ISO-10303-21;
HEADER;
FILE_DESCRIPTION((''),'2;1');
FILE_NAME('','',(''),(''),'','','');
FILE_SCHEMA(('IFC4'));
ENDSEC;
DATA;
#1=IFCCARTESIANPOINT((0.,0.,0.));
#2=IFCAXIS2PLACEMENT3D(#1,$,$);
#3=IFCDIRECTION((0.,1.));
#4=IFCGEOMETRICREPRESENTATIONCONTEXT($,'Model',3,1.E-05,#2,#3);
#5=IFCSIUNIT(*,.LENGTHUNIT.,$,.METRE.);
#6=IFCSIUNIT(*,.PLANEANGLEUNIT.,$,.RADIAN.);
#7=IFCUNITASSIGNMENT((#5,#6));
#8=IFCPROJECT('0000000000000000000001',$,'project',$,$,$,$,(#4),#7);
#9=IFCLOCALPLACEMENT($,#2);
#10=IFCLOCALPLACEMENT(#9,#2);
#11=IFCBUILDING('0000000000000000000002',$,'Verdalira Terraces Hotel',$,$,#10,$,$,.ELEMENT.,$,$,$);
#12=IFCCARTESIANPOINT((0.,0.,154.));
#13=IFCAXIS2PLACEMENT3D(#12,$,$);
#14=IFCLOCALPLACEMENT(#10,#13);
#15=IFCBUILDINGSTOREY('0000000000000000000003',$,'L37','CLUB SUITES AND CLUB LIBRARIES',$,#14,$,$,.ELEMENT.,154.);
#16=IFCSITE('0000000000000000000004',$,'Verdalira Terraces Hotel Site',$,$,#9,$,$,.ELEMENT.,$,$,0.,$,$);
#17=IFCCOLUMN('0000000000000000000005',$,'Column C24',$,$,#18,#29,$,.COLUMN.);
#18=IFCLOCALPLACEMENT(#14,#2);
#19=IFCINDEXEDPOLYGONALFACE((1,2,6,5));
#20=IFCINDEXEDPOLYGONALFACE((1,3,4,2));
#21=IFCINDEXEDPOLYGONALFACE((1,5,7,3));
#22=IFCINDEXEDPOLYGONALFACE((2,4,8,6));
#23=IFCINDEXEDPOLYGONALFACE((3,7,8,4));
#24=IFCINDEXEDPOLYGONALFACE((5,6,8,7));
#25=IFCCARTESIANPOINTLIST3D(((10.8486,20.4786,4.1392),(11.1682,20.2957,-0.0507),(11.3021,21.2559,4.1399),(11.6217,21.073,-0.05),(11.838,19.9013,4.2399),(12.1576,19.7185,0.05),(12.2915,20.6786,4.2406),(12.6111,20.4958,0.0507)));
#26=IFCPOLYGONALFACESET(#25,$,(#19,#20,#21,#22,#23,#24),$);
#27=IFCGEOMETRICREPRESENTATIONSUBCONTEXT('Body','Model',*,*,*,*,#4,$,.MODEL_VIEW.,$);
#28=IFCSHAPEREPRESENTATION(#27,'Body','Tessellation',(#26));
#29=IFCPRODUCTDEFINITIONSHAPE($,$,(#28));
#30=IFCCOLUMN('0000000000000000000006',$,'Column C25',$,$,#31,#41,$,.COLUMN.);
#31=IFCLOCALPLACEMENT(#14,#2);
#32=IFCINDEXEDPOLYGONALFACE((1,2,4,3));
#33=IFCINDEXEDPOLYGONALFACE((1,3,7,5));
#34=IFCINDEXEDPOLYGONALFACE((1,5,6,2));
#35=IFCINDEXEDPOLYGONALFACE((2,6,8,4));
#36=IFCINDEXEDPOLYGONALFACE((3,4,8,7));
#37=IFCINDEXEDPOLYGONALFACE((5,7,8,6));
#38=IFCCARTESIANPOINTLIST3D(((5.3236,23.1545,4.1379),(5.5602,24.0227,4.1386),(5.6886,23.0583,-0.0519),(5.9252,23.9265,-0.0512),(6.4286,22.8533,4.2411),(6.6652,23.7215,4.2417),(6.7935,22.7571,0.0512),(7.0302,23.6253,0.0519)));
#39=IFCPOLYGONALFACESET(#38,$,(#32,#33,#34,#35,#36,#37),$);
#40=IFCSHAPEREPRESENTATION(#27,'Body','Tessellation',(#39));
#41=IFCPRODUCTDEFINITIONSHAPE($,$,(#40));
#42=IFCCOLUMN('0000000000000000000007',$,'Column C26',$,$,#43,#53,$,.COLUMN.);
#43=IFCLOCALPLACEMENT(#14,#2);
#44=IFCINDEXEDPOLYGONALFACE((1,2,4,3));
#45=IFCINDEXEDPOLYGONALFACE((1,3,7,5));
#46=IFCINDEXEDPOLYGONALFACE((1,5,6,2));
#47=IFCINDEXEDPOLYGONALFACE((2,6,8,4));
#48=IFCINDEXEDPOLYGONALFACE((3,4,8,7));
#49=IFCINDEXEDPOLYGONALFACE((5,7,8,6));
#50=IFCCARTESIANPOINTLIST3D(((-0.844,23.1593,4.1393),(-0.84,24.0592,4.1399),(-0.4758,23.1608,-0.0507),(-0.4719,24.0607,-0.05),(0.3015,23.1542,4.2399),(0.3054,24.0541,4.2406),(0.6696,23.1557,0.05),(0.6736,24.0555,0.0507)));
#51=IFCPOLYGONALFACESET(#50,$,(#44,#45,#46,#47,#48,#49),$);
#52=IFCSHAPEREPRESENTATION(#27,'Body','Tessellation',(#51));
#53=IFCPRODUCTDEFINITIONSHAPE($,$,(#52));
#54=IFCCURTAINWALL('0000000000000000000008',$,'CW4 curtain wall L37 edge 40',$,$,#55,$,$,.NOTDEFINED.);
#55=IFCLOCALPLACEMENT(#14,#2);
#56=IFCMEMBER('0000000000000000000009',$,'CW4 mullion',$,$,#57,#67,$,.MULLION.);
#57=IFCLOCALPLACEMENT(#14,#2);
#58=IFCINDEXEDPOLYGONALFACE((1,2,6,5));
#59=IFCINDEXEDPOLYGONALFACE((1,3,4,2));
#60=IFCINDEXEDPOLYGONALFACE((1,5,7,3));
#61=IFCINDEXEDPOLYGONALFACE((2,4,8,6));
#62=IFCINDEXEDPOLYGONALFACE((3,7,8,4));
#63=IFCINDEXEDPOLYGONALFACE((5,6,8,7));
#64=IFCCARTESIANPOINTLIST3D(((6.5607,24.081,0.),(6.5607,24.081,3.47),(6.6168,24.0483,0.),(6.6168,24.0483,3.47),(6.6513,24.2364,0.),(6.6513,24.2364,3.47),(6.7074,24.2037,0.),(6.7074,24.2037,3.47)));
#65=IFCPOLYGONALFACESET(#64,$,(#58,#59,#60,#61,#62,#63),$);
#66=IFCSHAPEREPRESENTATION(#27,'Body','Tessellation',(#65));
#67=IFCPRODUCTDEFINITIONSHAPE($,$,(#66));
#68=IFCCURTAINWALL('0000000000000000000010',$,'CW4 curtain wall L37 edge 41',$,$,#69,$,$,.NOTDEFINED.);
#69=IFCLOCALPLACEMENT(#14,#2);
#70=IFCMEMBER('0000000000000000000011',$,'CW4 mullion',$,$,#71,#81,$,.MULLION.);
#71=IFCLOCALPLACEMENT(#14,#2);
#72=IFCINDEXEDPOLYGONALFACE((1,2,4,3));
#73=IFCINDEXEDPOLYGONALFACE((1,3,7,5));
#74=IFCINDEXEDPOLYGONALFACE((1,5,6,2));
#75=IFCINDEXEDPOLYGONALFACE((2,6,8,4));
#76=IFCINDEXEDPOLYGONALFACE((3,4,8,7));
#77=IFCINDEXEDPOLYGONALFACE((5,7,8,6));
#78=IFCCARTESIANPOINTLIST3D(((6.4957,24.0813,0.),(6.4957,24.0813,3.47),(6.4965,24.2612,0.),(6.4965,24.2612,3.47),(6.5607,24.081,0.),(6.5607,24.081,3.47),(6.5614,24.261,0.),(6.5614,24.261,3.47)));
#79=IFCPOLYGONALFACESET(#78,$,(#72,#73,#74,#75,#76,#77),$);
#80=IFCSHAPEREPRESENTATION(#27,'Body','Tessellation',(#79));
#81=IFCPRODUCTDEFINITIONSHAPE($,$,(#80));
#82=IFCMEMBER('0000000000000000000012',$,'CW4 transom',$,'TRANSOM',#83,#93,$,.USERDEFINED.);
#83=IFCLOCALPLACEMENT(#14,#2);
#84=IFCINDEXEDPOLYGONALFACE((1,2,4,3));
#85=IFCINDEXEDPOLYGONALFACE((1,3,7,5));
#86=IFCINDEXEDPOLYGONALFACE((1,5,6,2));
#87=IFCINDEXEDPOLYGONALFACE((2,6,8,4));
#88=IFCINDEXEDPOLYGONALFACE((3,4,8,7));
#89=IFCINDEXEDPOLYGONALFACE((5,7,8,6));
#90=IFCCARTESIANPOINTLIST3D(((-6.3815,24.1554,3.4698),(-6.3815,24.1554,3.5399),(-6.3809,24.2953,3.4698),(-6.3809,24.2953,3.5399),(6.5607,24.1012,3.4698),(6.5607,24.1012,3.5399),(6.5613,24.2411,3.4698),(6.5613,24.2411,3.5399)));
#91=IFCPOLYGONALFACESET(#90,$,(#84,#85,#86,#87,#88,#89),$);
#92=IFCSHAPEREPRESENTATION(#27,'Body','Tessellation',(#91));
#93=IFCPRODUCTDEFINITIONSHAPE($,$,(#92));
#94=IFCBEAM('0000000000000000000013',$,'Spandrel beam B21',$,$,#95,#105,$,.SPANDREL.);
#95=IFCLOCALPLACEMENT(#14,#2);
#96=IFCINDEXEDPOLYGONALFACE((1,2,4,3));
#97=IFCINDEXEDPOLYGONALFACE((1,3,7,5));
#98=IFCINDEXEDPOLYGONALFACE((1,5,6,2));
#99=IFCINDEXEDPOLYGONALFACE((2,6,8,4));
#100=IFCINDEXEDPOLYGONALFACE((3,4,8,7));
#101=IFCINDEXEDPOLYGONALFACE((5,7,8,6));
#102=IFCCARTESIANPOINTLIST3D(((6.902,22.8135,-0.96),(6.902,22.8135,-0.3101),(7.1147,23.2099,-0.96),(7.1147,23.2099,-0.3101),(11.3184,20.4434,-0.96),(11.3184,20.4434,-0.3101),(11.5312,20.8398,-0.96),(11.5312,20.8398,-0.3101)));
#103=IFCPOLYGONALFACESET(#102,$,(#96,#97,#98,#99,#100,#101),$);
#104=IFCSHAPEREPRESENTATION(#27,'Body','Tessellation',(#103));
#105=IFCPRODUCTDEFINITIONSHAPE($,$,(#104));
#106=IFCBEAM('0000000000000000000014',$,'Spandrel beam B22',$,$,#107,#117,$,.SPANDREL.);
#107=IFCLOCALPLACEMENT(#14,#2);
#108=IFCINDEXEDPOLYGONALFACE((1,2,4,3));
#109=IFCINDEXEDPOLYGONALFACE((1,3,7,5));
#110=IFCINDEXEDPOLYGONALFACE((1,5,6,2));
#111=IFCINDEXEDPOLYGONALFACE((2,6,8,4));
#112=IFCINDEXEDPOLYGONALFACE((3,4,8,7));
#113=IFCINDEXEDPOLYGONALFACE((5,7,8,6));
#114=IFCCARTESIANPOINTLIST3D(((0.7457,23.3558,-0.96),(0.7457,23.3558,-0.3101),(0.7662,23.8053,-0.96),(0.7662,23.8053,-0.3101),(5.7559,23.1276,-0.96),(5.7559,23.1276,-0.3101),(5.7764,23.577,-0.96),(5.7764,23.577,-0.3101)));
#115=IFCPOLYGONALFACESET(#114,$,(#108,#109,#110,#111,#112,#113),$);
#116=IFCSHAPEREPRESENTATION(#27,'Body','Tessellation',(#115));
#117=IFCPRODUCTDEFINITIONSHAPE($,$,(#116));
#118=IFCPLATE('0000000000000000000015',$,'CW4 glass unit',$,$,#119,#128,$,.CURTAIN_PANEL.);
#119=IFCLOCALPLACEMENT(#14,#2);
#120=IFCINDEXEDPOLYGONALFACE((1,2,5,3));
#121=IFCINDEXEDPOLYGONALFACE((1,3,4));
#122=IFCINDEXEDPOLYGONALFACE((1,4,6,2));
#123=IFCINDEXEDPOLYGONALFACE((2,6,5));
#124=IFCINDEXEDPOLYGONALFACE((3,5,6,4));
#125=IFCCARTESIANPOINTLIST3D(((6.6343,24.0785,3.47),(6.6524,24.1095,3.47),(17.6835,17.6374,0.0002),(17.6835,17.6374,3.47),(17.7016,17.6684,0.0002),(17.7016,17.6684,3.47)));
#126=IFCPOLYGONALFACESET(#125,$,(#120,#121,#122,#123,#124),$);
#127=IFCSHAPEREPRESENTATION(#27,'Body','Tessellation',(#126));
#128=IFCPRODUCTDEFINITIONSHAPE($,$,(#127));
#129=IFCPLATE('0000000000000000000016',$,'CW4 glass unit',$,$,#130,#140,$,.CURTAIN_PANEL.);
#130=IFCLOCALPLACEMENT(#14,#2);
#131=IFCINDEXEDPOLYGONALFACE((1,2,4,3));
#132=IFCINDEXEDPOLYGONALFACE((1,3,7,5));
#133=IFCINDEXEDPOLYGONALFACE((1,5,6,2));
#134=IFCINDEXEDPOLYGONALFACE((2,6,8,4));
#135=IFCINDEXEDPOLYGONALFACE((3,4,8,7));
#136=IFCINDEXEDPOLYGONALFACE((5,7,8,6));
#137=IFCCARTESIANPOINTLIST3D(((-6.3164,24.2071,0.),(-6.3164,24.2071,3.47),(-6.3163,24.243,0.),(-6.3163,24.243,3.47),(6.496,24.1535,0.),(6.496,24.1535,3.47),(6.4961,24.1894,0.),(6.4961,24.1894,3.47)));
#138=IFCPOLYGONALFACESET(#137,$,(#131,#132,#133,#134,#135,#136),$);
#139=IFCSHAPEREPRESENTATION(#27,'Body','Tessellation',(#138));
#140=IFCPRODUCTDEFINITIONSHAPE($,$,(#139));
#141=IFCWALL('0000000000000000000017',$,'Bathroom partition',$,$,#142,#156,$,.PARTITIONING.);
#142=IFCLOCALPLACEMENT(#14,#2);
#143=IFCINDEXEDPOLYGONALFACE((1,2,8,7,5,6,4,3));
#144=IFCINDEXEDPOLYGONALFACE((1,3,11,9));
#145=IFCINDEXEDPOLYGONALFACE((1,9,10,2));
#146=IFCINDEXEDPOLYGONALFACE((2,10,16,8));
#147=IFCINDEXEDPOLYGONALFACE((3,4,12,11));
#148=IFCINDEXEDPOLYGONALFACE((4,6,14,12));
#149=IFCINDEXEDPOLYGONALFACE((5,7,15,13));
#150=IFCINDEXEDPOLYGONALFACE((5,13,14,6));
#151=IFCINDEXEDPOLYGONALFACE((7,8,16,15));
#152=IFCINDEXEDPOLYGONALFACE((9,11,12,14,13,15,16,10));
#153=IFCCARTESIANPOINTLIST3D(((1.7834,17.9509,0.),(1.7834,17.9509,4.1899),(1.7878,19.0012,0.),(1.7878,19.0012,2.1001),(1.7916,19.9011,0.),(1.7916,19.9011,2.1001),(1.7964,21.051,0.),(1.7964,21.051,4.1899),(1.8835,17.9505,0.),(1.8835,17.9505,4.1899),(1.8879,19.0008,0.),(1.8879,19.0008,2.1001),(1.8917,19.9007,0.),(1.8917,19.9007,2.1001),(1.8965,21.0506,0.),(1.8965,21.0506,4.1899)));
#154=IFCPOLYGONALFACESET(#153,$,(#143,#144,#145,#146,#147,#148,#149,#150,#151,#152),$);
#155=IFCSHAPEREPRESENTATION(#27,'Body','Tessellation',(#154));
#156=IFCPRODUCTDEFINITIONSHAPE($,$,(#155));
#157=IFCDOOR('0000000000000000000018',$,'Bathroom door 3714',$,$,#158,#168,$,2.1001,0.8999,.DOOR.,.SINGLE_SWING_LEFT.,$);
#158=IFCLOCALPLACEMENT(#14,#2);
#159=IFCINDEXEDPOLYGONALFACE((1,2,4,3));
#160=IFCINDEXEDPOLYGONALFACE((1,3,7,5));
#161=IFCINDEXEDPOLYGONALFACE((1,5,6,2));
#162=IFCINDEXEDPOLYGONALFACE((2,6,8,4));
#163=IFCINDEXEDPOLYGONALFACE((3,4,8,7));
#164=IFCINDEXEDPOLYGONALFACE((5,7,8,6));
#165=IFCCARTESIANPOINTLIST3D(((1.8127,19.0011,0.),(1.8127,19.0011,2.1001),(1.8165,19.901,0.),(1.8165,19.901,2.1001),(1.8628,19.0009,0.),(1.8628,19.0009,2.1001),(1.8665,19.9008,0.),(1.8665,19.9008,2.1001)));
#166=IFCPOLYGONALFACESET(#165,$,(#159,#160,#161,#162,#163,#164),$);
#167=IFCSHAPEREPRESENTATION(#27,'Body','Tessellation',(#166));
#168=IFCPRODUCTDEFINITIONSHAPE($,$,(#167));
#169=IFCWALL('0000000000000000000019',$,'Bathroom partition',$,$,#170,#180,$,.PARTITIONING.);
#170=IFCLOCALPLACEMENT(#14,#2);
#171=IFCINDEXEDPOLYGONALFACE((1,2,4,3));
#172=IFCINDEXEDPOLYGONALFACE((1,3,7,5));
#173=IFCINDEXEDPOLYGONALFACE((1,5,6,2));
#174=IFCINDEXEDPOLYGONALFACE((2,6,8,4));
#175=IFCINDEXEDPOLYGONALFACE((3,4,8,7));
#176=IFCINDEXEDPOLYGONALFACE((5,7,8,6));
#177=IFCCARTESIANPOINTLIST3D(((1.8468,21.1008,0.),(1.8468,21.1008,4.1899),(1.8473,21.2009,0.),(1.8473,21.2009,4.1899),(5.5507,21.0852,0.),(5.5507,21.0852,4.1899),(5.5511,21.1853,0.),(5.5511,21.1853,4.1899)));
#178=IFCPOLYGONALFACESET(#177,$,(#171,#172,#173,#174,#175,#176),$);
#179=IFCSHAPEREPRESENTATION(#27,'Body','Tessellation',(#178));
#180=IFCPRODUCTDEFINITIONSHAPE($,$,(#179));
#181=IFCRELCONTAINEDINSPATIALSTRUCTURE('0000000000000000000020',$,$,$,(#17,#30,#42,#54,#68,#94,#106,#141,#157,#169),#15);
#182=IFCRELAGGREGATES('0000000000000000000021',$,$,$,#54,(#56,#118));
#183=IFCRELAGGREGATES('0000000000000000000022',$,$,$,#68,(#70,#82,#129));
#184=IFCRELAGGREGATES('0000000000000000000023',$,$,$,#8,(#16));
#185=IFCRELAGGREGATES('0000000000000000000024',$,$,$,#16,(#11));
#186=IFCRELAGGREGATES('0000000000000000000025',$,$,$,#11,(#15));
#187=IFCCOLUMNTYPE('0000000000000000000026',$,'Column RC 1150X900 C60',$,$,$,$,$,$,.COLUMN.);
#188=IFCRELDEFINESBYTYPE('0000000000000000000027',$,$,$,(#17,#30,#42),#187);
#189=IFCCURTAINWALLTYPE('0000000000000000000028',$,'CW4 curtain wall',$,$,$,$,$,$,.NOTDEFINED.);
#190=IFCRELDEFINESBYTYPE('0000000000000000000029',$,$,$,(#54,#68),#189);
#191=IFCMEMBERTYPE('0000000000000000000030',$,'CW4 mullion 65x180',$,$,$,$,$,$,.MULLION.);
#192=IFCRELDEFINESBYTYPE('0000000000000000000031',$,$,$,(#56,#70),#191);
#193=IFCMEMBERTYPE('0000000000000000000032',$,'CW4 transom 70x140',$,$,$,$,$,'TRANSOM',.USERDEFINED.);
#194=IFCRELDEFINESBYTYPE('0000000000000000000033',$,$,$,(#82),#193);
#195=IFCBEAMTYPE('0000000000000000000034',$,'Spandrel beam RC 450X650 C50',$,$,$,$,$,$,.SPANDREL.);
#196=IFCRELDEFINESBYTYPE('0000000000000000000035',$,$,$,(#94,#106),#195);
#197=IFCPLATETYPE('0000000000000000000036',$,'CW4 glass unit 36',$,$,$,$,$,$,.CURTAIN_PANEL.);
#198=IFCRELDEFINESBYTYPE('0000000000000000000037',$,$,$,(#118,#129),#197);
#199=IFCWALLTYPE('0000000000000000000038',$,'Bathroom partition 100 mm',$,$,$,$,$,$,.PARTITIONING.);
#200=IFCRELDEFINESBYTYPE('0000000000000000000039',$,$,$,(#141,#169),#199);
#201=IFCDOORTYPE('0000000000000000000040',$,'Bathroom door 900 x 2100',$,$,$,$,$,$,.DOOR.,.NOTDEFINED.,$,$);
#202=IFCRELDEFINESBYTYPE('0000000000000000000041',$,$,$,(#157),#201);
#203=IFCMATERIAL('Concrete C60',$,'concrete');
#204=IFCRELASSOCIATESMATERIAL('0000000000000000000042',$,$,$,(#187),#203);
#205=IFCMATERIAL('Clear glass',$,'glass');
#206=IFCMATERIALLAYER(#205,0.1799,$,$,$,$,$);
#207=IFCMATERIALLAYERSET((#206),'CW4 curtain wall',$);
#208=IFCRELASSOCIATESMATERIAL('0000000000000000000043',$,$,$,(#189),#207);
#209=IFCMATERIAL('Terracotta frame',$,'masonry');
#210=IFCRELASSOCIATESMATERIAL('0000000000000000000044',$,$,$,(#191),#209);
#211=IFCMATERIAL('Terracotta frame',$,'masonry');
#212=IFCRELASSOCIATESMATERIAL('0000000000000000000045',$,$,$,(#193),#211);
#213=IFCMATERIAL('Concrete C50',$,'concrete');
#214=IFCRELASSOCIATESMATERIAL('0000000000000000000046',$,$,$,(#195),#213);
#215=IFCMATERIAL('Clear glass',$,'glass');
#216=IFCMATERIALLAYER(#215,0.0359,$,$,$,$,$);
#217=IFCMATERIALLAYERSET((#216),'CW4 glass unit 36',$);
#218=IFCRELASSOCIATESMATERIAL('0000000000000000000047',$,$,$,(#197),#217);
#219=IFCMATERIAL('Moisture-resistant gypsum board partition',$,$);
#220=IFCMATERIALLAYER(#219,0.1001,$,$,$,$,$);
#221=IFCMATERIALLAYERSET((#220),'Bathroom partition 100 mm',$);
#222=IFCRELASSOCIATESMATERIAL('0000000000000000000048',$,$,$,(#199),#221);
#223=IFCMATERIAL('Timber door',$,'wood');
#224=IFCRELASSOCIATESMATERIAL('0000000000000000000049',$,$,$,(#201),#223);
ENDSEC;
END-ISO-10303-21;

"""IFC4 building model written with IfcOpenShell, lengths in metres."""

from ifc_helpers import new_model, si_unit, direction, frame, frame_2d, origin, origin_2d, place, context, subcontext, project, spatial, polyline, rectangle, outline, extrude, material, layer, layer_set, material_profile, profile_set, type_object, element, fill, aggregate, save


model = new_model("IFC4")

# Units and contexts
model_context = context("Model", 3, precision=1e-05, world=origin(), true_north=direction((0.0, 1.0)))
body_context = subcontext(model_context, "Body", "Model", "MODEL_VIEW")
ifc_project = project(units=[si_unit("LENGTHUNIT", "METRE"), si_unit("PLANEANGLEUNIT", "RADIAN")], contexts=[model_context])

# Site, building, storey
site_placement = place(None, origin())
site = spatial("IfcSite", under=ifc_project, at=site_placement, Name="Verdalira Terraces Hotel Site", CompositionType="ELEMENT", RefElevation=0.0)
building_placement = place(site_placement, origin())
building = spatial("IfcBuilding", under=site, at=building_placement, Name="Verdalira Terraces Hotel", CompositionType="ELEMENT")
storey_placement = place(building_placement, frame((0.0, 0.0, 154.0)))
storey = spatial("IfcBuildingStorey", under=building, at=storey_placement, Name="L37", Description="CLUB SUITES AND CLUB LIBRARIES", CompositionType="ELEMENT", Elevation=154.0)

# Columns
ifc_material_1 = material(Name="Concrete C60", Category="concrete")
ifc_material_profile_1 = material_profile(ifc_material_1, rectangle(XDim=1.1499, YDim=0.8999, at=origin_2d()), Name="RC 1150X900")
ifc_profile_set_1 = profile_set([ifc_material_profile_1], Name="Concrete C60")
column_type = type_object("IfcColumnType", Name="Column RC 1150X900 C60", PredefinedType="COLUMN", material=ifc_profile_set_1)
column_1_placement = place(storey_placement, frame((11.8896, 20.3958, 0.0), z_axis=(-0.07598, 0.043475, 0.996161), x_axis=(-0.860418, 0.502015, -0.087536)))
element("IfcColumn", 1, at=column_1_placement, inside=storey, type_object=column_type, Name="Column C24", PredefinedType="COLUMN", context=body_context, shape_type="SweptSolid", body=[
    extrude(rectangle(XDim=1.1499, YDim=0.8999, at=origin_2d()), origin(), (0.0, 0.0, 1.0), 4.2061),
])
column_2_placement = place(storey_placement, frame((6.3594, 23.3418, 0.0), z_axis=(-0.08676, 0.022865, 0.995967), x_axis=(0.960905, -0.26194, 0.089719)))
element("IfcColumn", 2, at=column_2_placement, inside=storey, type_object=column_type, Name="Column C25", PredefinedType="COLUMN", context=body_context, shape_type="SweptSolid", body=[
    extrude(rectangle(XDim=1.1499, YDim=0.8999, at=origin_2d()), origin(), (0.0, 0.0, 1.0), 4.2068),
])
column_3_placement = place(storey_placement, frame((0.0989, 23.6082, 0.0), z_axis=(-0.087531, -0.000348, 0.996162), x_axis=(-0.996152, 0.004447, -0.087529)))
element("IfcColumn", 3, at=column_3_placement, inside=storey, type_object=column_type, Name="Column C26", PredefinedType="COLUMN", context=body_context, shape_type="SweptSolid", body=[
    extrude(rectangle(XDim=1.1499, YDim=0.8999, at=origin_2d()), origin(), (0.0, 0.0, 1.0), 4.2061),
])

# Curtain wall, member
ifc_material_2 = material(Name="Clear glass", Category="glass")
ifc_layer_1 = layer(ifc_material_2, 0.1799)
ifc_layer_set_1 = layer_set([ifc_layer_1], Name="CW4 curtain wall")
curtain_wall_type = type_object("IfcCurtainWallType", Name="CW4 curtain wall", PredefinedType="NOTDEFINED", material=ifc_layer_set_1)
curtain_wall_1_placement = place(storey_placement, origin())
curtain_wall_1 = element("IfcCurtainWall", 4, at=curtain_wall_1_placement, inside=storey, type_object=curtain_wall_type, Name="CW4 curtain wall L37 edge 40", PredefinedType="NOTDEFINED")
ifc_material_3 = material(Name="Terracotta frame", Category="masonry")
ifc_material_profile_2 = material_profile(ifc_material_3, rectangle(XDim=0.0649, YDim=0.1799, at=origin_2d()), Name="MU 65x180")
ifc_profile_set_2 = profile_set([ifc_material_profile_2], Name="Terracotta frame")
member_type_1 = type_object("IfcMemberType", Name="CW4 mullion 65x180", PredefinedType="MULLION", material=ifc_profile_set_2)
member_1_placement = place(storey_placement, frame((6.634, 24.1423, 0.0), z_axis=(0.0, 0.0, 1.0), x_axis=(-0.863923, 0.503623, 0.0)))
member_1 = element("IfcMember", 5, at=member_1_placement, type_object=member_type_1, Name="CW4 mullion", PredefinedType="MULLION", context=body_context, shape_type="SweptSolid", body=[
    extrude(rectangle(XDim=0.0649, YDim=0.1799, at=origin_2d()), origin(), (0.0, 0.0, 1.0), 3.47),
])

# Curtain wall, members
curtain_wall_2_placement = place(storey_placement, origin())
curtain_wall_2 = element("IfcCurtainWall", 6, at=curtain_wall_2_placement, inside=storey, type_object=curtain_wall_type, Name="CW4 curtain wall L37 edge 41", PredefinedType="NOTDEFINED")
member_2_placement = place(storey_placement, frame((6.5286, 24.1711, 0.0), z_axis=(0.0, 0.0, 1.0), x_axis=(-0.999991, 0.004189, 0.0)))
member_2 = element("IfcMember", 7, at=member_2_placement, type_object=member_type_1, Name="CW4 mullion", PredefinedType="MULLION", context=body_context, shape_type="SweptSolid", body=[
    extrude(rectangle(XDim=0.0649, YDim=0.1799, at=origin_2d()), origin(), (0.0, 0.0, 1.0), 3.47),
])
ifc_material_4 = material(Name="Terracotta frame", Category="masonry")
ifc_material_profile_3 = material_profile(ifc_material_4, rectangle(XDim=0.1399, YDim=0.0701, at=origin_2d()), Name="TR 70x140")
ifc_profile_set_3 = profile_set([ifc_material_profile_3], Name="Terracotta frame")
member_type_2 = type_object("IfcMemberType", Name="CW4 transom 70x140", ElementType="TRANSOM", PredefinedType="USERDEFINED", material=ifc_profile_set_3)
member_3_placement = place(storey_placement, frame((6.561, 24.1711, 3.5049), z_axis=(-0.999991, 0.004188, 0.0), x_axis=(-0.004188, -0.999991, 0.0)))
member_3 = element("IfcMember", 8, at=member_3_placement, type_object=member_type_2, Name="CW4 transom", ObjectType="TRANSOM", PredefinedType="USERDEFINED", context=body_context, shape_type="SweptSolid", body=[
    extrude(rectangle(XDim=0.1399, YDim=0.0701, at=origin_2d()), origin(), (0.0, 0.0, 1.0), 12.9424),
])

# Beams
ifc_material_5 = material(Name="Concrete C50", Category="concrete")
ifc_material_profile_4 = material_profile(ifc_material_5, rectangle(XDim=0.45, YDim=0.6499, at=origin_2d()), Name="RC 450X650")
ifc_profile_set_4 = profile_set([ifc_material_profile_4], Name="Concrete C50")
beam_type = type_object("IfcBeamType", Name="Spandrel beam RC 450X650 C50", PredefinedType="SPANDREL", material=ifc_profile_set_4)
beam_1_placement = place(storey_placement, frame((11.4248, 20.6416, -0.635), z_axis=(-0.881137, 0.472862, 0.0), x_axis=(-0.472862, -0.881137, 0.0)))
element("IfcBeam", 9, at=beam_1_placement, inside=storey, type_object=beam_type, Name="Spandrel beam B21", PredefinedType="SPANDREL", context=body_context, shape_type="SweptSolid", body=[
    extrude(rectangle(XDim=0.45, YDim=0.6499, at=origin_2d()), origin(), (0.0, 0.0, 1.0), 5.0122),
])
beam_2_placement = place(storey_placement, frame((5.7661, 23.3523, -0.635), z_axis=(-0.998964, 0.045514, 0.0), x_axis=(-0.045514, -0.998964, 0.0)))
element("IfcBeam", 10, at=beam_2_placement, inside=storey, type_object=beam_type, Name="Spandrel beam B22", PredefinedType="SPANDREL", context=body_context, shape_type="SweptSolid", body=[
    extrude(rectangle(XDim=0.45, YDim=0.6499, at=origin_2d()), origin(), (0.0, 0.0, 1.0), 5.0154),
])

# Plates
ifc_material_6 = material(Name="Clear glass", Category="glass")
ifc_layer_2 = layer(ifc_material_6, 0.0359)
ifc_layer_set_2 = layer_set([ifc_layer_2], Name="CW4 glass unit 36")
plate_type = type_object("IfcPlateType", Name="CW4 glass unit 36", PredefinedType="CURTAIN_PANEL", material=ifc_layer_set_2)
plate_1_placement = place(storey_placement, frame((12.1589, 20.8579, 1.7351), z_axis=(0.503623, 0.863923, 0.0), x_axis=(-0.863923, 0.503623, 0.0)))
plate_1 = element("IfcPlate", 11, at=plate_1_placement, type_object=plate_type, Name="CW4 glass unit", PredefinedType="CURTAIN_PANEL", context=body_context, shape_type="SweptSolid", body=[
    extrude(outline(polyline([(-6.3948, -1.7349), (6.3948, 1.7349), (-6.3948, 1.7349), (-6.3948, -1.7349)])), origin(), (0.0, 0.0, 1.0), 0.0359),
])
aggregate(curtain_wall_1, [member_1, plate_1])
plate_2_placement = place(storey_placement, frame((0.0898, 24.1982, 0.0), z_axis=(0.0, 0.0, 1.0), x_axis=(-0.999991, 0.004189, 0.0)))
plate_2 = element("IfcPlate", 12, at=plate_2_placement, type_object=plate_type, Name="CW4 glass unit", PredefinedType="CURTAIN_PANEL", context=body_context, shape_type="SweptSolid", body=[
    extrude(rectangle(XDim=12.8125, YDim=0.0359, at=origin_2d()), origin(), (0.0, 0.0, 1.0), 3.47),
])
aggregate(curtain_wall_2, [member_2, member_3, plate_2])

# Wall, opening, door
ifc_material_7 = material(Name="Moisture-resistant gypsum board partition")
ifc_layer_3 = layer(ifc_material_7, 0.1001)
ifc_layer_set_3 = layer_set([ifc_layer_3], Name="Bathroom partition 100 mm")
wall_type_1 = type_object("IfcWallType", Name="Bathroom partition 100 mm", PredefinedType="PARTITIONING", material=ifc_layer_set_3)
wall_1_placement = place(storey_placement, frame((1.8464, 21.0508, 0.0), z_axis=(0.0, 0.0, 1.0), x_axis=(-0.004174, -0.999991, 0.0)))
wall_1 = element("IfcWall", 13, at=wall_1_placement, inside=storey, type_object=wall_type_1, Name="Bathroom partition", PredefinedType="PARTITIONING", context=body_context, shape_type="SweptSolid", body=[
    extrude(rectangle(XDim=3.1001, YDim=0.1001, at=frame_2d((1.55, 0.0))), origin(), (0.0, 0.0, 1.0), 4.1899),
])
opening_1_placement = place(wall_1_placement, frame((1.1499, 0.0, 0.0)))
opening_1 = element("IfcOpeningElement", 14, at=opening_1_placement, cuts=wall_1, PredefinedType="OPENING", context=body_context, shape_type="SweptSolid", body=[
    extrude(rectangle(XDim=0.8999, YDim=2.1001, at=frame_2d((0.45, 1.05))), frame((0.0, 0.0601, 0.0), z_axis=(0.0, -1.0, 0.0), x_axis=(1.0, 0.0, 0.0)), (0.0, 0.0, 1.0), 0.1201),
])
ifc_material_8 = material(Name="Timber door", Category="wood")
door_type_1 = type_object("IfcDoorType", Name="Bathroom door 900 x 2100", OperationType="NOTDEFINED", PredefinedType="DOOR", material=ifc_material_8)
door_1_placement = place(opening_1_placement, origin())
door_1 = element("IfcDoor", 15, at=door_1_placement, inside=storey, type_object=door_type_1, Name="Bathroom door 3714", OperationType="SINGLE_SWING_LEFT", OverallHeight=2.1001, OverallWidth=0.8999, PredefinedType="DOOR", context=body_context, shape_type="SweptSolid", body=[
    extrude(rectangle(XDim=0.8999, YDim=2.1001, at=frame_2d((0.45, 1.05))), frame((0.0, 0.0249, 0.0), z_axis=(0.0, -1.0, 0.0), x_axis=(1.0, 0.0, 0.0)), (0.0, 0.0, 1.0), 0.05),
])
fill(opening_1, door_1)

# Wall
wall_2_placement = place(storey_placement, frame((1.8469, 21.1509, 0.0), z_axis=(0.0, 0.0, 1.0), x_axis=(0.999991, -0.004219, 0.0)))
element("IfcWall", 16, at=wall_2_placement, inside=storey, type_object=wall_type_1, Name="Bathroom partition", PredefinedType="PARTITIONING", context=body_context, shape_type="SweptSolid", body=[
    extrude(rectangle(XDim=3.7039, YDim=0.1001, at=frame_2d((1.8521, 0.0))), origin(), (0.0, 0.0, 1.0), 4.1899),
])

save(model, "model.ifc")
